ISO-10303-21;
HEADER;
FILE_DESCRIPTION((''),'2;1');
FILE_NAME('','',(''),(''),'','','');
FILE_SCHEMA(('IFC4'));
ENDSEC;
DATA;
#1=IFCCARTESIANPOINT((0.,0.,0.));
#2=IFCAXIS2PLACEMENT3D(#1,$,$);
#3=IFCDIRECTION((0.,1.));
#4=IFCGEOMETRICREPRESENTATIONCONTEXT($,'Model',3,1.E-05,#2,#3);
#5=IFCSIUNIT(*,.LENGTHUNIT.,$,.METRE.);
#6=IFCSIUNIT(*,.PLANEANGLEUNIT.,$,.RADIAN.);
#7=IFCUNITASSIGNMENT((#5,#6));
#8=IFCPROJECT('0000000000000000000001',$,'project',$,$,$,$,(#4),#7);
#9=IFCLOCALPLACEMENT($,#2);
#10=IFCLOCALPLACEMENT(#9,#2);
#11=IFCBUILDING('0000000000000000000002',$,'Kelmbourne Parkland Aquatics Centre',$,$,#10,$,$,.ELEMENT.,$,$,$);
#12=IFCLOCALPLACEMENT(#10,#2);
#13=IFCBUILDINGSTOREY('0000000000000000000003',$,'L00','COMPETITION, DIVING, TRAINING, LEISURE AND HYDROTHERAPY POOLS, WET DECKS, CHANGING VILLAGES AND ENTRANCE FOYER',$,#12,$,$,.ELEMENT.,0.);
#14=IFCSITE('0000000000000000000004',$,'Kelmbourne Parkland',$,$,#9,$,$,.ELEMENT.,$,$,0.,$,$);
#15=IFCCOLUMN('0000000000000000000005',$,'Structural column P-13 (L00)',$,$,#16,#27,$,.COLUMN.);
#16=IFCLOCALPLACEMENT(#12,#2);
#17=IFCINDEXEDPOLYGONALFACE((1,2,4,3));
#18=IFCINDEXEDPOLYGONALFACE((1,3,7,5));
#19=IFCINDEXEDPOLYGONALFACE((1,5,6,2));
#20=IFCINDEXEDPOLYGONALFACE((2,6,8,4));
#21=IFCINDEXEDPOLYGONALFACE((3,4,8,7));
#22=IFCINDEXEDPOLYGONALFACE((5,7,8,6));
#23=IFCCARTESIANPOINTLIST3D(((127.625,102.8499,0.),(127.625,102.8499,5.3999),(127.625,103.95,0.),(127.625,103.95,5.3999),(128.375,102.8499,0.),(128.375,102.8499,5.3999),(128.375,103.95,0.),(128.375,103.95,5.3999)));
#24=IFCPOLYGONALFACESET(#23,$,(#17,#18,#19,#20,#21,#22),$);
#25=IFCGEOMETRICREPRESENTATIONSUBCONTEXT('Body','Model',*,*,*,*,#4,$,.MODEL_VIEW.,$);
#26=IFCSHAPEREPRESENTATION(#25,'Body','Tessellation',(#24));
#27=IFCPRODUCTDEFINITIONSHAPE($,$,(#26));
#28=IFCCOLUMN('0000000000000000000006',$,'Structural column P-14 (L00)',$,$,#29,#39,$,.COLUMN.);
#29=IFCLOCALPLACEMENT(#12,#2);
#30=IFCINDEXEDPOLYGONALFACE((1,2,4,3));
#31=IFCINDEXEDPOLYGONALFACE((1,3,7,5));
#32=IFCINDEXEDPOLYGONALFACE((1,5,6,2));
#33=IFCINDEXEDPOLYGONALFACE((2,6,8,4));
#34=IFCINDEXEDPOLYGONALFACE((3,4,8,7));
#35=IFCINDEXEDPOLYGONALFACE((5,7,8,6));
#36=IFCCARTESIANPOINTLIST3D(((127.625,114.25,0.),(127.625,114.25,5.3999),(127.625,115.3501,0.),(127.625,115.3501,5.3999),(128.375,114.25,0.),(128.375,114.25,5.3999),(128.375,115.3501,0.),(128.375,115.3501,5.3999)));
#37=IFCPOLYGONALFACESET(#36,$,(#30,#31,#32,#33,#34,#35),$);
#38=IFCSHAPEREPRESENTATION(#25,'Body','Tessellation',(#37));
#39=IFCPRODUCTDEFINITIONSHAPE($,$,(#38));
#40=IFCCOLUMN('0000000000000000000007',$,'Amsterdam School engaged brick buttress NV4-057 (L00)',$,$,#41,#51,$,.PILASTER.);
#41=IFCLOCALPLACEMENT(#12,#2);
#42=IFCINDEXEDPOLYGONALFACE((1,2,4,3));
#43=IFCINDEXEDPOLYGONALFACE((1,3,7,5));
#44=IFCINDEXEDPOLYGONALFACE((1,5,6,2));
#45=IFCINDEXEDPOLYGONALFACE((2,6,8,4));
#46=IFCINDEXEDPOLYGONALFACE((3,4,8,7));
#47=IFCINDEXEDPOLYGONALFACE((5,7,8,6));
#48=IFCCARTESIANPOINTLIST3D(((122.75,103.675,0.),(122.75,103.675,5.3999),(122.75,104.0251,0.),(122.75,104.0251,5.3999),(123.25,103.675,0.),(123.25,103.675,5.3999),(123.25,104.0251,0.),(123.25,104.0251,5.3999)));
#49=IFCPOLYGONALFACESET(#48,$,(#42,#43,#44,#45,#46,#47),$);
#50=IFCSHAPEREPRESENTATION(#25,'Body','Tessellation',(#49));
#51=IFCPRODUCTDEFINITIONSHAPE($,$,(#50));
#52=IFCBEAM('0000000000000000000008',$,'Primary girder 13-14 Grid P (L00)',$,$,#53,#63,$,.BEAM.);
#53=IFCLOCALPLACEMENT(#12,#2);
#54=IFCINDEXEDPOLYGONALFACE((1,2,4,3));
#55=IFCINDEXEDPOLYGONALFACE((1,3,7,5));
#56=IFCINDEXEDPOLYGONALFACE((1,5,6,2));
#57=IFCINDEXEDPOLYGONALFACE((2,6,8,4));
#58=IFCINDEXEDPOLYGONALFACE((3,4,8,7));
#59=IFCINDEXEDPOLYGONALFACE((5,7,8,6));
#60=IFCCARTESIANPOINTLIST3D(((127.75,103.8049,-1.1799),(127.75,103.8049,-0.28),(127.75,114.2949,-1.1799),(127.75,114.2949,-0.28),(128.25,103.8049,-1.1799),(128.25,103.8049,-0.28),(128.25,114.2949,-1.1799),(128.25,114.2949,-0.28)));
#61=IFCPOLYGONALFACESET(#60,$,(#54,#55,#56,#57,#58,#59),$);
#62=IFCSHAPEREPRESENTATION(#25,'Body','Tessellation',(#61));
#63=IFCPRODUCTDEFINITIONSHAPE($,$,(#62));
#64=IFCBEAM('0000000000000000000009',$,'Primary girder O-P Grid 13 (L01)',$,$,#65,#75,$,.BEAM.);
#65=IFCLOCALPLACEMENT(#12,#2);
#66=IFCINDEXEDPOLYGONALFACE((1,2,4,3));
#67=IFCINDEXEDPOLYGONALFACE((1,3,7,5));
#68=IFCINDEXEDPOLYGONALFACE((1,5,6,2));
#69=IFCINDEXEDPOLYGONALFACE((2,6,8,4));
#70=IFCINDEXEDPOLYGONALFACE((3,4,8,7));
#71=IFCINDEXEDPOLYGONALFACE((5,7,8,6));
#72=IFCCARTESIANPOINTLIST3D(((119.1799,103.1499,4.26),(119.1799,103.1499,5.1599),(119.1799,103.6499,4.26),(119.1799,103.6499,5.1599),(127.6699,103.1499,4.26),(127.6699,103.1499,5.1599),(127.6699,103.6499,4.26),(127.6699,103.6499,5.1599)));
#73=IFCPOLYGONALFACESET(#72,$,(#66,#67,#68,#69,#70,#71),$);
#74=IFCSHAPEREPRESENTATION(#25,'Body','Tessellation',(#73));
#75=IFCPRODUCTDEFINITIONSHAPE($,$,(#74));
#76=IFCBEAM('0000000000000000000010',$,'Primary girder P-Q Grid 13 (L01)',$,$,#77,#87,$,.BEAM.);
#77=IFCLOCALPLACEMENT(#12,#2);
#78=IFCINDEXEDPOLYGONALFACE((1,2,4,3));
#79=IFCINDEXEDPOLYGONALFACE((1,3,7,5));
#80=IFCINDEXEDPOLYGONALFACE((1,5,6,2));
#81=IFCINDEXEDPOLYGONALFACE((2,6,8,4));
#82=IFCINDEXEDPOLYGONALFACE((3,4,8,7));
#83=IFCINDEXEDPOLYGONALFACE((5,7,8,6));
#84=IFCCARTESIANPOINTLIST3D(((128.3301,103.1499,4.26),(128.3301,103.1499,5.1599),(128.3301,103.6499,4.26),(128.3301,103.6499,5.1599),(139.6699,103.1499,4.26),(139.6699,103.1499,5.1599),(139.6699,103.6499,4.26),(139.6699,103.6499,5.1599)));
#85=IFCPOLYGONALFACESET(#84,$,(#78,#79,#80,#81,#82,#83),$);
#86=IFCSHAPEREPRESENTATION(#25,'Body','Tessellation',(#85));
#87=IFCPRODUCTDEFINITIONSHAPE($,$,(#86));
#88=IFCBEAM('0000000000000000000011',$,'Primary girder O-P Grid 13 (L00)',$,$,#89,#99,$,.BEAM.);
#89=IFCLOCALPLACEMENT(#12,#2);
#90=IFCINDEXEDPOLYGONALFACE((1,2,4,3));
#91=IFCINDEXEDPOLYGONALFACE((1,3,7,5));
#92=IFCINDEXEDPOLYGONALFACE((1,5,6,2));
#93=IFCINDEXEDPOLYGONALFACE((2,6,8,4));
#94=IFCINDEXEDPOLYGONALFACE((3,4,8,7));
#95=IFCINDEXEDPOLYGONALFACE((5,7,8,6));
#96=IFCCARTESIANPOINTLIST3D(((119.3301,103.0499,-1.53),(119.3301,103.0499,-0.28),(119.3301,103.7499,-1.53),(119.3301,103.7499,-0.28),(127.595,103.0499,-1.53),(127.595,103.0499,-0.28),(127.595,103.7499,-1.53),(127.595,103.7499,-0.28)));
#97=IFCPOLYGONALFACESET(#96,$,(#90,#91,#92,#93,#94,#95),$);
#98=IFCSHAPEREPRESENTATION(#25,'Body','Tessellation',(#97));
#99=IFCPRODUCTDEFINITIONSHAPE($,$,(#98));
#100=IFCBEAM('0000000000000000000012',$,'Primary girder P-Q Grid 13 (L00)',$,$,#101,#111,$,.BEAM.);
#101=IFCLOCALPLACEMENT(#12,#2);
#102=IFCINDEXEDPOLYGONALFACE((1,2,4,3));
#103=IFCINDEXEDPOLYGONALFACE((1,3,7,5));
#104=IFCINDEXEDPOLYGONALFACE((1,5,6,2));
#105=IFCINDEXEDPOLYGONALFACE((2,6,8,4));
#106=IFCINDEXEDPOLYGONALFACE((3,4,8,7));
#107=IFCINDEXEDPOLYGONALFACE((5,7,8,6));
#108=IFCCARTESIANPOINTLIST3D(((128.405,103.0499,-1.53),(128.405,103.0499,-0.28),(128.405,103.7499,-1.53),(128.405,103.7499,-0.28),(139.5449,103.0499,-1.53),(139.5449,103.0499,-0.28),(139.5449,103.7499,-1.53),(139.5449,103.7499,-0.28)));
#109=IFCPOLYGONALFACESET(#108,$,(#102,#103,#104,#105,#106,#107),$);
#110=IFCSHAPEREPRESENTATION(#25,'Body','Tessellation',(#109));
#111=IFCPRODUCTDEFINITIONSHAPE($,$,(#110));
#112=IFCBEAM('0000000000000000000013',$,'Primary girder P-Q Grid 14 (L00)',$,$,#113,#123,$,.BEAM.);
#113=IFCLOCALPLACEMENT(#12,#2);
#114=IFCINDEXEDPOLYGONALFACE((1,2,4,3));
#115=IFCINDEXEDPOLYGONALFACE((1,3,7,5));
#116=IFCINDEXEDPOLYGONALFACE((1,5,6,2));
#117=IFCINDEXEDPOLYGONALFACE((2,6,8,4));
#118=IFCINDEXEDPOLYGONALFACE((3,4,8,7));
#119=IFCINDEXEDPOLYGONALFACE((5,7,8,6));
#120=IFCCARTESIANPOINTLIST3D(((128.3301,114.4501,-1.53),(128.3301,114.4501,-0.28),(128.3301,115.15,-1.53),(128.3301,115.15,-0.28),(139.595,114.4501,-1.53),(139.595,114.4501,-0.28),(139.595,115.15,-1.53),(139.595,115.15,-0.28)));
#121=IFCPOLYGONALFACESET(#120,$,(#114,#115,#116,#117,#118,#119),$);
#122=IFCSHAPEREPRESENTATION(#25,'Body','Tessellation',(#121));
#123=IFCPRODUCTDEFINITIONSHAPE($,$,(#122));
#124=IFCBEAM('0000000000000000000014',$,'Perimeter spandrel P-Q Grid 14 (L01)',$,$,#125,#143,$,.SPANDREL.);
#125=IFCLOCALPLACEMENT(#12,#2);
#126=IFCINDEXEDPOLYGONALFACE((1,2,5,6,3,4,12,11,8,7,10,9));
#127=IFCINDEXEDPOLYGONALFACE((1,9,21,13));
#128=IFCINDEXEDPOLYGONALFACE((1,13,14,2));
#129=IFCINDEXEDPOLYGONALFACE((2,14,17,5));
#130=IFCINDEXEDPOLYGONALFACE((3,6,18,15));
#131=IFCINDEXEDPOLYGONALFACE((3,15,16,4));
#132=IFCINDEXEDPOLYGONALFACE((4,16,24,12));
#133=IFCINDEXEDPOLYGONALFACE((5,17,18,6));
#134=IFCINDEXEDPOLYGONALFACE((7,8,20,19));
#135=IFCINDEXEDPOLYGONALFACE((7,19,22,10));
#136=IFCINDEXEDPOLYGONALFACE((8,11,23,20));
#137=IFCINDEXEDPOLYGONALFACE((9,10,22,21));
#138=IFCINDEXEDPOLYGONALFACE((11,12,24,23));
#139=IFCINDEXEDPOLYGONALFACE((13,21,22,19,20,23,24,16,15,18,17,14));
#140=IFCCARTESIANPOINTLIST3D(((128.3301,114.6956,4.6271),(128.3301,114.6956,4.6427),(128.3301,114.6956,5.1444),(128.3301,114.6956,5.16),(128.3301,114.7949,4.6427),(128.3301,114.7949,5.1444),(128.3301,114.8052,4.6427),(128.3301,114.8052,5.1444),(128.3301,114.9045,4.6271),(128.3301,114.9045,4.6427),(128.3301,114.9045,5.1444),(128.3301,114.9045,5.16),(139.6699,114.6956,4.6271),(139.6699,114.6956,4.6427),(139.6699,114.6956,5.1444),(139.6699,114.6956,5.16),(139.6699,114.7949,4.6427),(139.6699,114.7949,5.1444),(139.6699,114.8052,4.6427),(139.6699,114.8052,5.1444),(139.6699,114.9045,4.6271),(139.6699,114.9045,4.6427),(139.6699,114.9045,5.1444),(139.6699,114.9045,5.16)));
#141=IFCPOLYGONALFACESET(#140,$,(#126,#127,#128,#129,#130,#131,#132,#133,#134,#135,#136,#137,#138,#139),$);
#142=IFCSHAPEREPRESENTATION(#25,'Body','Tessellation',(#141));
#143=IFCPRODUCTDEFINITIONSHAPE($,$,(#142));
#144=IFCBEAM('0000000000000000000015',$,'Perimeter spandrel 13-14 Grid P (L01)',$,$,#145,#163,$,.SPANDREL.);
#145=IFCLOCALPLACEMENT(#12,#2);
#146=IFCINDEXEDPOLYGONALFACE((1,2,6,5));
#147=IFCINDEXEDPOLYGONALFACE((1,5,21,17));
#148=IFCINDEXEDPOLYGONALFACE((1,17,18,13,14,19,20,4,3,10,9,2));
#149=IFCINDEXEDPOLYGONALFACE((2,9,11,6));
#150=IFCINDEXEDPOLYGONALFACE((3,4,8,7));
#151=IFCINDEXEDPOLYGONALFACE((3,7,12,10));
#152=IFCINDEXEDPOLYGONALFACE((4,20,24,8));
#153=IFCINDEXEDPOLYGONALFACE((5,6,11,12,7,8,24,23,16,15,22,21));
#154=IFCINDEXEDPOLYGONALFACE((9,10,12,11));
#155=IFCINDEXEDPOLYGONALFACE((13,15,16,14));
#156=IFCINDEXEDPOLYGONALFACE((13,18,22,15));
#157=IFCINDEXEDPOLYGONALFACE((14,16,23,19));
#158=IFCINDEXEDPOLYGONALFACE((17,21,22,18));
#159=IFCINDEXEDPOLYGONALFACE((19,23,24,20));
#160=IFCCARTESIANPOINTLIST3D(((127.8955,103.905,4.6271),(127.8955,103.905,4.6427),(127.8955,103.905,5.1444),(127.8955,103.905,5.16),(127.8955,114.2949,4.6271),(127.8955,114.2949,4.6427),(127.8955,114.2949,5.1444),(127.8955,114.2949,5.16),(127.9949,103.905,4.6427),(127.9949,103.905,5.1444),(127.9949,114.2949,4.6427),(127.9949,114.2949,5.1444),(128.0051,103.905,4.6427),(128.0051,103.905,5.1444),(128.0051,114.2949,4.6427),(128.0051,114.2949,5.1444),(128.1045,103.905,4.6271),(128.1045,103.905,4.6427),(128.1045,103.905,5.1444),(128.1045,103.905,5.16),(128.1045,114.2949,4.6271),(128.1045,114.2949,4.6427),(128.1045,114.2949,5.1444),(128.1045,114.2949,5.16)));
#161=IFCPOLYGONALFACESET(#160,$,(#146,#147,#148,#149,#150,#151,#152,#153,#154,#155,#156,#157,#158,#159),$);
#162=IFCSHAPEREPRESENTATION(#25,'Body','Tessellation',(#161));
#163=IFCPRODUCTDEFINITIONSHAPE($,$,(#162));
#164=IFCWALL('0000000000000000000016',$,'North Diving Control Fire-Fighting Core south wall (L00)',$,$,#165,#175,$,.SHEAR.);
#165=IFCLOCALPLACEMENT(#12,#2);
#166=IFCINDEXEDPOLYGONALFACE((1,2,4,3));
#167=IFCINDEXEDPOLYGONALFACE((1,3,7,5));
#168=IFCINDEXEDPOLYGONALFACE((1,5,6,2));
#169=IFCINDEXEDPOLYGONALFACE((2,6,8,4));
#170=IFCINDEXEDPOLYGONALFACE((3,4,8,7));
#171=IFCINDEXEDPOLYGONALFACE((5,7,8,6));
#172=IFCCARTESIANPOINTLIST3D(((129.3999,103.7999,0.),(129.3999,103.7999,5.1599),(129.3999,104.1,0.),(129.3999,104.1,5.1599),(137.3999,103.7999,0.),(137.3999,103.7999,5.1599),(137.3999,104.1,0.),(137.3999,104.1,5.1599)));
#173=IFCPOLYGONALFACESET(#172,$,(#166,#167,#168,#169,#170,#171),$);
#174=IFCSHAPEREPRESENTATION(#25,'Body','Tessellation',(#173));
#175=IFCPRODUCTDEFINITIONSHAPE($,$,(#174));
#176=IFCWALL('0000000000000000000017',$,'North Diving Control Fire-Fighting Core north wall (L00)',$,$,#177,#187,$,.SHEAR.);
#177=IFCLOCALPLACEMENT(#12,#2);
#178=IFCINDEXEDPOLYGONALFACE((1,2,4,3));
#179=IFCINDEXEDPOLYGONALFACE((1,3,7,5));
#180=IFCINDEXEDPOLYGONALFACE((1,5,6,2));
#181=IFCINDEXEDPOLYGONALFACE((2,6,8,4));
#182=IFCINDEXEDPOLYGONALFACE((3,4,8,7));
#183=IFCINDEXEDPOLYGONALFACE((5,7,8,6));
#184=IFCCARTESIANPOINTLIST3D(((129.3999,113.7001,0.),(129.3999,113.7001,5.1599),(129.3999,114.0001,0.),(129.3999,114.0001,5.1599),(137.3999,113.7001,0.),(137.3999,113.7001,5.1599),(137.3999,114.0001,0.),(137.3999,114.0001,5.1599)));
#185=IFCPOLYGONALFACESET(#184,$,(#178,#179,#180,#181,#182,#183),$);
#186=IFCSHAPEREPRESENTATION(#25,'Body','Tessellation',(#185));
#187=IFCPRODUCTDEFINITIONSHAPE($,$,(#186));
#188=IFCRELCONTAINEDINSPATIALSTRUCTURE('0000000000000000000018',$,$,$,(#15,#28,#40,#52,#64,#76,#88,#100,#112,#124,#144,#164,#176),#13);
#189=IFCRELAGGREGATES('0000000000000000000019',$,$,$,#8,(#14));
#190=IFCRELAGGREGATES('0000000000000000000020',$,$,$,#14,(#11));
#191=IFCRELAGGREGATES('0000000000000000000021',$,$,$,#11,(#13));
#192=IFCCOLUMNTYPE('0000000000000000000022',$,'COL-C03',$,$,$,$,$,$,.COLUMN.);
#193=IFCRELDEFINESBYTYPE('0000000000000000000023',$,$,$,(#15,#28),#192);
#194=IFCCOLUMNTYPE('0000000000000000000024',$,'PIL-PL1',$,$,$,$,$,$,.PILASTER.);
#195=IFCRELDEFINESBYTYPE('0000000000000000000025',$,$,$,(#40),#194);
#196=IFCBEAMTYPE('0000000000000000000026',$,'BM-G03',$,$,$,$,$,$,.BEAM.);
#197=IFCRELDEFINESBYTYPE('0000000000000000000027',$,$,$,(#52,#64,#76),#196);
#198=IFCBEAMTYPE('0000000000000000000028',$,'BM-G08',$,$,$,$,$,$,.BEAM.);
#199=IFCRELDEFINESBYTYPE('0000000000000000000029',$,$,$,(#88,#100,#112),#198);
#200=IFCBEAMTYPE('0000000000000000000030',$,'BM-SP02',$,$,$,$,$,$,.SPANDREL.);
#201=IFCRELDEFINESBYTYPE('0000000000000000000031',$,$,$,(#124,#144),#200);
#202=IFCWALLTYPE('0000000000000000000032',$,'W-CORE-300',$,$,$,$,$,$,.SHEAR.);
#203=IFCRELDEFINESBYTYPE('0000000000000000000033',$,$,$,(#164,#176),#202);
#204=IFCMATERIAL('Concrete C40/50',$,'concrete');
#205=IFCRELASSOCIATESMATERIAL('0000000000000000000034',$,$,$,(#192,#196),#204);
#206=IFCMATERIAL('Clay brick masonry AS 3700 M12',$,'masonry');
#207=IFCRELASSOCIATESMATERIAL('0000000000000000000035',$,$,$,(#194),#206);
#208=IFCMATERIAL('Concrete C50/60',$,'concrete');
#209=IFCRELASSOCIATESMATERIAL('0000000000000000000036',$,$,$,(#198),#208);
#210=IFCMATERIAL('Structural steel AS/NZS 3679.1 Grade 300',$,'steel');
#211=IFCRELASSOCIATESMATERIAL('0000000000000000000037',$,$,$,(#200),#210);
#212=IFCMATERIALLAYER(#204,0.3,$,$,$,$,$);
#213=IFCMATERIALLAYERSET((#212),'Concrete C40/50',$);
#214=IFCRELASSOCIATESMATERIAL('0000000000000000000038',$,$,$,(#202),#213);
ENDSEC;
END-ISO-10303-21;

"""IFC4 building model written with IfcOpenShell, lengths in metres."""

from ifc_helpers import new_model, si_unit, direction, frame, frame_2d, origin, origin_2d, place, context, subcontext, project, spatial, rectangle, i_section, extrude, material, layer, layer_set, material_profile, profile_set, type_object, element, save


model = new_model("IFC4")

# Units and contexts
model_context = context("Model", 3, precision=1e-05, world=origin(), true_north=direction((0.0, 1.0)))
body_context = subcontext(model_context, "Body", "Model", "MODEL_VIEW")
ifc_project = project(units=[si_unit("LENGTHUNIT", "METRE"), si_unit("PLANEANGLEUNIT", "RADIAN")], contexts=[model_context])

# Site, building, storey
site_placement = place(None, origin())
site = spatial("IfcSite", under=ifc_project, at=site_placement, Name="Kelmbourne Parkland", CompositionType="ELEMENT", RefElevation=0.0)
building_placement = place(site_placement, origin())
building = spatial("IfcBuilding", under=site, at=building_placement, Name="Kelmbourne Parkland Aquatics Centre", CompositionType="ELEMENT")
storey_placement = place(building_placement, origin())
storey = spatial("IfcBuildingStorey", under=building, at=storey_placement, Name="L00", Description="COMPETITION, DIVING, TRAINING, LEISURE AND HYDROTHERAPY POOLS, WET DECKS, CHANGING VILLAGES AND ENTRANCE FOYER", CompositionType="ELEMENT", Elevation=0.0)

# Columns
ifc_material_1 = material(Name="Concrete C40/50", Category="concrete")
ifc_material_profile_1 = material_profile(ifc_material_1, rectangle(XDim=0.75, YDim=1.1001, at=origin_2d()), Name="RC 750x1100")
ifc_profile_set_1 = profile_set([ifc_material_profile_1], Name="Concrete C40/50")
column_type_1 = type_object("IfcColumnType", Name="COL-C03", PredefinedType="COLUMN", material=ifc_profile_set_1)
for number, where, z_axis, x_axis, name in (
    (1, (128.0, 103.3999, 0.0), (0.0, 0.0, 1.0), (1.0, 0.0, 0.0), "Structural column P-13 (L00)"),
    (2, (128.0, 114.8, 0.0), (0.0, 0.0, 1.0), (1.0, 0.0, 0.0), "Structural column P-14 (L00)"),
):
    element("IfcColumn", number, at=place(storey_placement, frame(where, z_axis=z_axis, x_axis=x_axis)), inside=storey, type_object=column_type_1, Name=name, PredefinedType="COLUMN", context=body_context, shape_type="SweptSolid", body=[
        extrude(rectangle(XDim=0.75, YDim=1.1001, at=origin_2d()), origin(), (0.0, 0.0, 1.0), 5.3999),
    ])
ifc_material_2 = material(Name="Clay brick masonry AS 3700 M12", Category="masonry")
ifc_material_profile_2 = material_profile(ifc_material_2, rectangle(XDim=0.3501, YDim=0.5, at=origin_2d()), Name="PIL 350x500")
ifc_profile_set_2 = profile_set([ifc_material_profile_2], Name="Clay brick masonry AS 3700 M12")
column_type_2 = type_object("IfcColumnType", Name="PIL-PL1", PredefinedType="PILASTER", material=ifc_profile_set_2)
column_placement = place(storey_placement, frame((123.0, 103.8501, 0.0), z_axis=(0.0, 0.0, 1.0), x_axis=(0.0, 1.0, 0.0)))
element("IfcColumn", 3, at=column_placement, inside=storey, type_object=column_type_2, Name="Amsterdam School engaged brick buttress NV4-057 (L00)", PredefinedType="PILASTER", context=body_context, shape_type="SweptSolid", body=[
    extrude(rectangle(XDim=0.3501, YDim=0.5, at=origin_2d()), origin(), (0.0, 0.0, 1.0), 5.3999),
])

# Beams
ifc_material_profile_3 = material_profile(ifc_material_1, rectangle(XDim=0.5, YDim=0.8999, at=origin_2d()), Name="RC 500x900")
ifc_profile_set_3 = profile_set([ifc_material_profile_3], Name="Concrete C40/50")
beam_type_1 = type_object("IfcBeamType", Name="BM-G03", PredefinedType="BEAM", material=ifc_profile_set_3)
beam_1_placement = place(storey_placement, frame((128.0, 103.8049, -0.73), z_axis=(0.0, 1.0, 0.0), x_axis=(-1.0, 0.0, 0.0)))
element("IfcBeam", 4, at=beam_1_placement, inside=storey, type_object=beam_type_1, Name="Primary girder 13-14 Grid P (L00)", PredefinedType="BEAM", context=body_context, shape_type="SweptSolid", body=[
    extrude(rectangle(XDim=0.5, YDim=0.8999, at=origin_2d()), origin(), (0.0, 0.0, 1.0), 10.49),
])
beam_2_placement = place(storey_placement, frame((119.1799, 103.3999, 4.71), z_axis=(1.0, 0.0, 0.0), x_axis=(0.0, 1.0, 0.0)))
element("IfcBeam", 5, at=beam_2_placement, inside=storey, type_object=beam_type_1, Name="Primary girder O-P Grid 13 (L01)", PredefinedType="BEAM", context=body_context, shape_type="SweptSolid", body=[
    extrude(rectangle(XDim=0.5, YDim=0.8999, at=origin_2d()), origin(), (0.0, 0.0, 1.0), 8.49),
])
beam_3_placement = place(storey_placement, frame((128.3301, 103.3999, 4.71), z_axis=(1.0, 0.0, 0.0), x_axis=(0.0, 1.0, 0.0)))
element("IfcBeam", 6, at=beam_3_placement, inside=storey, type_object=beam_type_1, Name="Primary girder P-Q Grid 13 (L01)", PredefinedType="BEAM", context=body_context, shape_type="SweptSolid", body=[
    extrude(rectangle(XDim=0.5, YDim=0.8999, at=origin_2d()), origin(), (0.0, 0.0, 1.0), 11.3398),
])
ifc_material_3 = material(Name="Concrete C50/60", Category="concrete")
ifc_material_profile_4 = material_profile(ifc_material_3, rectangle(XDim=0.7, YDim=1.25, at=origin_2d()), Name="RC 700x1250")
ifc_profile_set_4 = profile_set([ifc_material_profile_4], Name="Concrete C50/60")
beam_type_2 = type_object("IfcBeamType", Name="BM-G08", PredefinedType="BEAM", material=ifc_profile_set_4)
beam_4_placement = place(storey_placement, frame((119.3301, 103.3999, -0.905), z_axis=(1.0, 0.0, 0.0), x_axis=(0.0, 1.0, 0.0)))
element("IfcBeam", 7, at=beam_4_placement, inside=storey, type_object=beam_type_2, Name="Primary girder O-P Grid 13 (L00)", PredefinedType="BEAM", context=body_context, shape_type="SweptSolid", body=[
    extrude(rectangle(XDim=0.7, YDim=1.25, at=origin_2d()), origin(), (0.0, 0.0, 1.0), 8.2649),
])
beam_5_placement = place(storey_placement, frame((128.405, 103.3999, -0.905), z_axis=(1.0, 0.0, 0.0), x_axis=(0.0, 1.0, 0.0)))
element("IfcBeam", 8, at=beam_5_placement, inside=storey, type_object=beam_type_2, Name="Primary girder P-Q Grid 13 (L00)", PredefinedType="BEAM", context=body_context, shape_type="SweptSolid", body=[
    extrude(rectangle(XDim=0.7, YDim=1.25, at=origin_2d()), origin(), (0.0, 0.0, 1.0), 11.1399),
])
beam_6_placement = place(storey_placement, frame((128.3301, 114.8, -0.905), z_axis=(1.0, 0.0, 0.0), x_axis=(0.0, 1.0, 0.0)))
element("IfcBeam", 9, at=beam_6_placement, inside=storey, type_object=beam_type_2, Name="Primary girder P-Q Grid 14 (L00)", PredefinedType="BEAM", context=body_context, shape_type="SweptSolid", body=[
    extrude(rectangle(XDim=0.7, YDim=1.25, at=origin_2d()), origin(), (0.0, 0.0, 1.0), 11.2649),
])
ifc_material_4 = material(Name="Structural steel AS/NZS 3679.1 Grade 300", Category="steel")
ifc_material_profile_5 = material_profile(ifc_material_4, i_section(OverallWidth=0.209, OverallDepth=0.533, WebThickness=0.0103, FlangeThickness=0.0156, at=origin_2d()), Name="530UB92.4")
ifc_profile_set_5 = profile_set([ifc_material_profile_5], Name="Structural steel AS/NZS 3679.1 Grade 300")
beam_type_3 = type_object("IfcBeamType", Name="BM-SP02", PredefinedType="SPANDREL", material=ifc_profile_set_5)
beam_7_placement = place(storey_placement, frame((128.3301, 114.8, 4.8936), z_axis=(1.0, 0.0, 0.0), x_axis=(0.0, 1.0, 0.0)))
element("IfcBeam", 10, at=beam_7_placement, inside=storey, type_object=beam_type_3, Name="Perimeter spandrel P-Q Grid 14 (L01)", PredefinedType="SPANDREL", context=body_context, shape_type="SweptSolid", body=[
    extrude(i_section(OverallWidth=0.209, OverallDepth=0.533, WebThickness=0.0103, FlangeThickness=0.0156, at=origin_2d()), origin(), (0.0, 0.0, 1.0), 11.3398),
])
beam_8_placement = place(storey_placement, frame((128.0, 103.905, 4.8936), z_axis=(0.0, 1.0, 0.0), x_axis=(-1.0, 0.0, 0.0)))
element("IfcBeam", 11, at=beam_8_placement, inside=storey, type_object=beam_type_3, Name="Perimeter spandrel 13-14 Grid P (L01)", PredefinedType="SPANDREL", context=body_context, shape_type="SweptSolid", body=[
    extrude(i_section(OverallWidth=0.209, OverallDepth=0.533, WebThickness=0.0103, FlangeThickness=0.0156, at=origin_2d()), origin(), (0.0, 0.0, 1.0), 10.3899),
])

# Walls
ifc_layer_1 = layer(ifc_material_1, 0.3)
ifc_layer_set_1 = layer_set([ifc_layer_1], Name="Concrete C40/50")
wall_type_1 = type_object("IfcWallType", Name="W-CORE-300", PredefinedType="SHEAR", material=ifc_layer_set_1)
for number, where, z_axis, x_axis, name in (
    (12, (129.3999, 103.95, 0.0), (0.0, 0.0, 1.0), (1.0, 0.0, 0.0), "North Diving Control Fire-Fighting Core south wall (L00)"),
    (13, (129.3999, 113.8501, 0.0), (0.0, 0.0, 1.0), (1.0, 0.0, 0.0), "North Diving Control Fire-Fighting Core north wall (L00)"),
):
    element("IfcWall", number, at=place(storey_placement, frame(where, z_axis=z_axis, x_axis=x_axis)), inside=storey, type_object=wall_type_1, Name=name, PredefinedType="SHEAR", context=body_context, shape_type="SweptSolid", body=[
        extrude(rectangle(XDim=8.0, YDim=0.3, at=frame_2d((4.0, 0.0))), origin(), (0.0, 0.0, 1.0), 5.1599),
    ])

save(model, "model.ifc")
